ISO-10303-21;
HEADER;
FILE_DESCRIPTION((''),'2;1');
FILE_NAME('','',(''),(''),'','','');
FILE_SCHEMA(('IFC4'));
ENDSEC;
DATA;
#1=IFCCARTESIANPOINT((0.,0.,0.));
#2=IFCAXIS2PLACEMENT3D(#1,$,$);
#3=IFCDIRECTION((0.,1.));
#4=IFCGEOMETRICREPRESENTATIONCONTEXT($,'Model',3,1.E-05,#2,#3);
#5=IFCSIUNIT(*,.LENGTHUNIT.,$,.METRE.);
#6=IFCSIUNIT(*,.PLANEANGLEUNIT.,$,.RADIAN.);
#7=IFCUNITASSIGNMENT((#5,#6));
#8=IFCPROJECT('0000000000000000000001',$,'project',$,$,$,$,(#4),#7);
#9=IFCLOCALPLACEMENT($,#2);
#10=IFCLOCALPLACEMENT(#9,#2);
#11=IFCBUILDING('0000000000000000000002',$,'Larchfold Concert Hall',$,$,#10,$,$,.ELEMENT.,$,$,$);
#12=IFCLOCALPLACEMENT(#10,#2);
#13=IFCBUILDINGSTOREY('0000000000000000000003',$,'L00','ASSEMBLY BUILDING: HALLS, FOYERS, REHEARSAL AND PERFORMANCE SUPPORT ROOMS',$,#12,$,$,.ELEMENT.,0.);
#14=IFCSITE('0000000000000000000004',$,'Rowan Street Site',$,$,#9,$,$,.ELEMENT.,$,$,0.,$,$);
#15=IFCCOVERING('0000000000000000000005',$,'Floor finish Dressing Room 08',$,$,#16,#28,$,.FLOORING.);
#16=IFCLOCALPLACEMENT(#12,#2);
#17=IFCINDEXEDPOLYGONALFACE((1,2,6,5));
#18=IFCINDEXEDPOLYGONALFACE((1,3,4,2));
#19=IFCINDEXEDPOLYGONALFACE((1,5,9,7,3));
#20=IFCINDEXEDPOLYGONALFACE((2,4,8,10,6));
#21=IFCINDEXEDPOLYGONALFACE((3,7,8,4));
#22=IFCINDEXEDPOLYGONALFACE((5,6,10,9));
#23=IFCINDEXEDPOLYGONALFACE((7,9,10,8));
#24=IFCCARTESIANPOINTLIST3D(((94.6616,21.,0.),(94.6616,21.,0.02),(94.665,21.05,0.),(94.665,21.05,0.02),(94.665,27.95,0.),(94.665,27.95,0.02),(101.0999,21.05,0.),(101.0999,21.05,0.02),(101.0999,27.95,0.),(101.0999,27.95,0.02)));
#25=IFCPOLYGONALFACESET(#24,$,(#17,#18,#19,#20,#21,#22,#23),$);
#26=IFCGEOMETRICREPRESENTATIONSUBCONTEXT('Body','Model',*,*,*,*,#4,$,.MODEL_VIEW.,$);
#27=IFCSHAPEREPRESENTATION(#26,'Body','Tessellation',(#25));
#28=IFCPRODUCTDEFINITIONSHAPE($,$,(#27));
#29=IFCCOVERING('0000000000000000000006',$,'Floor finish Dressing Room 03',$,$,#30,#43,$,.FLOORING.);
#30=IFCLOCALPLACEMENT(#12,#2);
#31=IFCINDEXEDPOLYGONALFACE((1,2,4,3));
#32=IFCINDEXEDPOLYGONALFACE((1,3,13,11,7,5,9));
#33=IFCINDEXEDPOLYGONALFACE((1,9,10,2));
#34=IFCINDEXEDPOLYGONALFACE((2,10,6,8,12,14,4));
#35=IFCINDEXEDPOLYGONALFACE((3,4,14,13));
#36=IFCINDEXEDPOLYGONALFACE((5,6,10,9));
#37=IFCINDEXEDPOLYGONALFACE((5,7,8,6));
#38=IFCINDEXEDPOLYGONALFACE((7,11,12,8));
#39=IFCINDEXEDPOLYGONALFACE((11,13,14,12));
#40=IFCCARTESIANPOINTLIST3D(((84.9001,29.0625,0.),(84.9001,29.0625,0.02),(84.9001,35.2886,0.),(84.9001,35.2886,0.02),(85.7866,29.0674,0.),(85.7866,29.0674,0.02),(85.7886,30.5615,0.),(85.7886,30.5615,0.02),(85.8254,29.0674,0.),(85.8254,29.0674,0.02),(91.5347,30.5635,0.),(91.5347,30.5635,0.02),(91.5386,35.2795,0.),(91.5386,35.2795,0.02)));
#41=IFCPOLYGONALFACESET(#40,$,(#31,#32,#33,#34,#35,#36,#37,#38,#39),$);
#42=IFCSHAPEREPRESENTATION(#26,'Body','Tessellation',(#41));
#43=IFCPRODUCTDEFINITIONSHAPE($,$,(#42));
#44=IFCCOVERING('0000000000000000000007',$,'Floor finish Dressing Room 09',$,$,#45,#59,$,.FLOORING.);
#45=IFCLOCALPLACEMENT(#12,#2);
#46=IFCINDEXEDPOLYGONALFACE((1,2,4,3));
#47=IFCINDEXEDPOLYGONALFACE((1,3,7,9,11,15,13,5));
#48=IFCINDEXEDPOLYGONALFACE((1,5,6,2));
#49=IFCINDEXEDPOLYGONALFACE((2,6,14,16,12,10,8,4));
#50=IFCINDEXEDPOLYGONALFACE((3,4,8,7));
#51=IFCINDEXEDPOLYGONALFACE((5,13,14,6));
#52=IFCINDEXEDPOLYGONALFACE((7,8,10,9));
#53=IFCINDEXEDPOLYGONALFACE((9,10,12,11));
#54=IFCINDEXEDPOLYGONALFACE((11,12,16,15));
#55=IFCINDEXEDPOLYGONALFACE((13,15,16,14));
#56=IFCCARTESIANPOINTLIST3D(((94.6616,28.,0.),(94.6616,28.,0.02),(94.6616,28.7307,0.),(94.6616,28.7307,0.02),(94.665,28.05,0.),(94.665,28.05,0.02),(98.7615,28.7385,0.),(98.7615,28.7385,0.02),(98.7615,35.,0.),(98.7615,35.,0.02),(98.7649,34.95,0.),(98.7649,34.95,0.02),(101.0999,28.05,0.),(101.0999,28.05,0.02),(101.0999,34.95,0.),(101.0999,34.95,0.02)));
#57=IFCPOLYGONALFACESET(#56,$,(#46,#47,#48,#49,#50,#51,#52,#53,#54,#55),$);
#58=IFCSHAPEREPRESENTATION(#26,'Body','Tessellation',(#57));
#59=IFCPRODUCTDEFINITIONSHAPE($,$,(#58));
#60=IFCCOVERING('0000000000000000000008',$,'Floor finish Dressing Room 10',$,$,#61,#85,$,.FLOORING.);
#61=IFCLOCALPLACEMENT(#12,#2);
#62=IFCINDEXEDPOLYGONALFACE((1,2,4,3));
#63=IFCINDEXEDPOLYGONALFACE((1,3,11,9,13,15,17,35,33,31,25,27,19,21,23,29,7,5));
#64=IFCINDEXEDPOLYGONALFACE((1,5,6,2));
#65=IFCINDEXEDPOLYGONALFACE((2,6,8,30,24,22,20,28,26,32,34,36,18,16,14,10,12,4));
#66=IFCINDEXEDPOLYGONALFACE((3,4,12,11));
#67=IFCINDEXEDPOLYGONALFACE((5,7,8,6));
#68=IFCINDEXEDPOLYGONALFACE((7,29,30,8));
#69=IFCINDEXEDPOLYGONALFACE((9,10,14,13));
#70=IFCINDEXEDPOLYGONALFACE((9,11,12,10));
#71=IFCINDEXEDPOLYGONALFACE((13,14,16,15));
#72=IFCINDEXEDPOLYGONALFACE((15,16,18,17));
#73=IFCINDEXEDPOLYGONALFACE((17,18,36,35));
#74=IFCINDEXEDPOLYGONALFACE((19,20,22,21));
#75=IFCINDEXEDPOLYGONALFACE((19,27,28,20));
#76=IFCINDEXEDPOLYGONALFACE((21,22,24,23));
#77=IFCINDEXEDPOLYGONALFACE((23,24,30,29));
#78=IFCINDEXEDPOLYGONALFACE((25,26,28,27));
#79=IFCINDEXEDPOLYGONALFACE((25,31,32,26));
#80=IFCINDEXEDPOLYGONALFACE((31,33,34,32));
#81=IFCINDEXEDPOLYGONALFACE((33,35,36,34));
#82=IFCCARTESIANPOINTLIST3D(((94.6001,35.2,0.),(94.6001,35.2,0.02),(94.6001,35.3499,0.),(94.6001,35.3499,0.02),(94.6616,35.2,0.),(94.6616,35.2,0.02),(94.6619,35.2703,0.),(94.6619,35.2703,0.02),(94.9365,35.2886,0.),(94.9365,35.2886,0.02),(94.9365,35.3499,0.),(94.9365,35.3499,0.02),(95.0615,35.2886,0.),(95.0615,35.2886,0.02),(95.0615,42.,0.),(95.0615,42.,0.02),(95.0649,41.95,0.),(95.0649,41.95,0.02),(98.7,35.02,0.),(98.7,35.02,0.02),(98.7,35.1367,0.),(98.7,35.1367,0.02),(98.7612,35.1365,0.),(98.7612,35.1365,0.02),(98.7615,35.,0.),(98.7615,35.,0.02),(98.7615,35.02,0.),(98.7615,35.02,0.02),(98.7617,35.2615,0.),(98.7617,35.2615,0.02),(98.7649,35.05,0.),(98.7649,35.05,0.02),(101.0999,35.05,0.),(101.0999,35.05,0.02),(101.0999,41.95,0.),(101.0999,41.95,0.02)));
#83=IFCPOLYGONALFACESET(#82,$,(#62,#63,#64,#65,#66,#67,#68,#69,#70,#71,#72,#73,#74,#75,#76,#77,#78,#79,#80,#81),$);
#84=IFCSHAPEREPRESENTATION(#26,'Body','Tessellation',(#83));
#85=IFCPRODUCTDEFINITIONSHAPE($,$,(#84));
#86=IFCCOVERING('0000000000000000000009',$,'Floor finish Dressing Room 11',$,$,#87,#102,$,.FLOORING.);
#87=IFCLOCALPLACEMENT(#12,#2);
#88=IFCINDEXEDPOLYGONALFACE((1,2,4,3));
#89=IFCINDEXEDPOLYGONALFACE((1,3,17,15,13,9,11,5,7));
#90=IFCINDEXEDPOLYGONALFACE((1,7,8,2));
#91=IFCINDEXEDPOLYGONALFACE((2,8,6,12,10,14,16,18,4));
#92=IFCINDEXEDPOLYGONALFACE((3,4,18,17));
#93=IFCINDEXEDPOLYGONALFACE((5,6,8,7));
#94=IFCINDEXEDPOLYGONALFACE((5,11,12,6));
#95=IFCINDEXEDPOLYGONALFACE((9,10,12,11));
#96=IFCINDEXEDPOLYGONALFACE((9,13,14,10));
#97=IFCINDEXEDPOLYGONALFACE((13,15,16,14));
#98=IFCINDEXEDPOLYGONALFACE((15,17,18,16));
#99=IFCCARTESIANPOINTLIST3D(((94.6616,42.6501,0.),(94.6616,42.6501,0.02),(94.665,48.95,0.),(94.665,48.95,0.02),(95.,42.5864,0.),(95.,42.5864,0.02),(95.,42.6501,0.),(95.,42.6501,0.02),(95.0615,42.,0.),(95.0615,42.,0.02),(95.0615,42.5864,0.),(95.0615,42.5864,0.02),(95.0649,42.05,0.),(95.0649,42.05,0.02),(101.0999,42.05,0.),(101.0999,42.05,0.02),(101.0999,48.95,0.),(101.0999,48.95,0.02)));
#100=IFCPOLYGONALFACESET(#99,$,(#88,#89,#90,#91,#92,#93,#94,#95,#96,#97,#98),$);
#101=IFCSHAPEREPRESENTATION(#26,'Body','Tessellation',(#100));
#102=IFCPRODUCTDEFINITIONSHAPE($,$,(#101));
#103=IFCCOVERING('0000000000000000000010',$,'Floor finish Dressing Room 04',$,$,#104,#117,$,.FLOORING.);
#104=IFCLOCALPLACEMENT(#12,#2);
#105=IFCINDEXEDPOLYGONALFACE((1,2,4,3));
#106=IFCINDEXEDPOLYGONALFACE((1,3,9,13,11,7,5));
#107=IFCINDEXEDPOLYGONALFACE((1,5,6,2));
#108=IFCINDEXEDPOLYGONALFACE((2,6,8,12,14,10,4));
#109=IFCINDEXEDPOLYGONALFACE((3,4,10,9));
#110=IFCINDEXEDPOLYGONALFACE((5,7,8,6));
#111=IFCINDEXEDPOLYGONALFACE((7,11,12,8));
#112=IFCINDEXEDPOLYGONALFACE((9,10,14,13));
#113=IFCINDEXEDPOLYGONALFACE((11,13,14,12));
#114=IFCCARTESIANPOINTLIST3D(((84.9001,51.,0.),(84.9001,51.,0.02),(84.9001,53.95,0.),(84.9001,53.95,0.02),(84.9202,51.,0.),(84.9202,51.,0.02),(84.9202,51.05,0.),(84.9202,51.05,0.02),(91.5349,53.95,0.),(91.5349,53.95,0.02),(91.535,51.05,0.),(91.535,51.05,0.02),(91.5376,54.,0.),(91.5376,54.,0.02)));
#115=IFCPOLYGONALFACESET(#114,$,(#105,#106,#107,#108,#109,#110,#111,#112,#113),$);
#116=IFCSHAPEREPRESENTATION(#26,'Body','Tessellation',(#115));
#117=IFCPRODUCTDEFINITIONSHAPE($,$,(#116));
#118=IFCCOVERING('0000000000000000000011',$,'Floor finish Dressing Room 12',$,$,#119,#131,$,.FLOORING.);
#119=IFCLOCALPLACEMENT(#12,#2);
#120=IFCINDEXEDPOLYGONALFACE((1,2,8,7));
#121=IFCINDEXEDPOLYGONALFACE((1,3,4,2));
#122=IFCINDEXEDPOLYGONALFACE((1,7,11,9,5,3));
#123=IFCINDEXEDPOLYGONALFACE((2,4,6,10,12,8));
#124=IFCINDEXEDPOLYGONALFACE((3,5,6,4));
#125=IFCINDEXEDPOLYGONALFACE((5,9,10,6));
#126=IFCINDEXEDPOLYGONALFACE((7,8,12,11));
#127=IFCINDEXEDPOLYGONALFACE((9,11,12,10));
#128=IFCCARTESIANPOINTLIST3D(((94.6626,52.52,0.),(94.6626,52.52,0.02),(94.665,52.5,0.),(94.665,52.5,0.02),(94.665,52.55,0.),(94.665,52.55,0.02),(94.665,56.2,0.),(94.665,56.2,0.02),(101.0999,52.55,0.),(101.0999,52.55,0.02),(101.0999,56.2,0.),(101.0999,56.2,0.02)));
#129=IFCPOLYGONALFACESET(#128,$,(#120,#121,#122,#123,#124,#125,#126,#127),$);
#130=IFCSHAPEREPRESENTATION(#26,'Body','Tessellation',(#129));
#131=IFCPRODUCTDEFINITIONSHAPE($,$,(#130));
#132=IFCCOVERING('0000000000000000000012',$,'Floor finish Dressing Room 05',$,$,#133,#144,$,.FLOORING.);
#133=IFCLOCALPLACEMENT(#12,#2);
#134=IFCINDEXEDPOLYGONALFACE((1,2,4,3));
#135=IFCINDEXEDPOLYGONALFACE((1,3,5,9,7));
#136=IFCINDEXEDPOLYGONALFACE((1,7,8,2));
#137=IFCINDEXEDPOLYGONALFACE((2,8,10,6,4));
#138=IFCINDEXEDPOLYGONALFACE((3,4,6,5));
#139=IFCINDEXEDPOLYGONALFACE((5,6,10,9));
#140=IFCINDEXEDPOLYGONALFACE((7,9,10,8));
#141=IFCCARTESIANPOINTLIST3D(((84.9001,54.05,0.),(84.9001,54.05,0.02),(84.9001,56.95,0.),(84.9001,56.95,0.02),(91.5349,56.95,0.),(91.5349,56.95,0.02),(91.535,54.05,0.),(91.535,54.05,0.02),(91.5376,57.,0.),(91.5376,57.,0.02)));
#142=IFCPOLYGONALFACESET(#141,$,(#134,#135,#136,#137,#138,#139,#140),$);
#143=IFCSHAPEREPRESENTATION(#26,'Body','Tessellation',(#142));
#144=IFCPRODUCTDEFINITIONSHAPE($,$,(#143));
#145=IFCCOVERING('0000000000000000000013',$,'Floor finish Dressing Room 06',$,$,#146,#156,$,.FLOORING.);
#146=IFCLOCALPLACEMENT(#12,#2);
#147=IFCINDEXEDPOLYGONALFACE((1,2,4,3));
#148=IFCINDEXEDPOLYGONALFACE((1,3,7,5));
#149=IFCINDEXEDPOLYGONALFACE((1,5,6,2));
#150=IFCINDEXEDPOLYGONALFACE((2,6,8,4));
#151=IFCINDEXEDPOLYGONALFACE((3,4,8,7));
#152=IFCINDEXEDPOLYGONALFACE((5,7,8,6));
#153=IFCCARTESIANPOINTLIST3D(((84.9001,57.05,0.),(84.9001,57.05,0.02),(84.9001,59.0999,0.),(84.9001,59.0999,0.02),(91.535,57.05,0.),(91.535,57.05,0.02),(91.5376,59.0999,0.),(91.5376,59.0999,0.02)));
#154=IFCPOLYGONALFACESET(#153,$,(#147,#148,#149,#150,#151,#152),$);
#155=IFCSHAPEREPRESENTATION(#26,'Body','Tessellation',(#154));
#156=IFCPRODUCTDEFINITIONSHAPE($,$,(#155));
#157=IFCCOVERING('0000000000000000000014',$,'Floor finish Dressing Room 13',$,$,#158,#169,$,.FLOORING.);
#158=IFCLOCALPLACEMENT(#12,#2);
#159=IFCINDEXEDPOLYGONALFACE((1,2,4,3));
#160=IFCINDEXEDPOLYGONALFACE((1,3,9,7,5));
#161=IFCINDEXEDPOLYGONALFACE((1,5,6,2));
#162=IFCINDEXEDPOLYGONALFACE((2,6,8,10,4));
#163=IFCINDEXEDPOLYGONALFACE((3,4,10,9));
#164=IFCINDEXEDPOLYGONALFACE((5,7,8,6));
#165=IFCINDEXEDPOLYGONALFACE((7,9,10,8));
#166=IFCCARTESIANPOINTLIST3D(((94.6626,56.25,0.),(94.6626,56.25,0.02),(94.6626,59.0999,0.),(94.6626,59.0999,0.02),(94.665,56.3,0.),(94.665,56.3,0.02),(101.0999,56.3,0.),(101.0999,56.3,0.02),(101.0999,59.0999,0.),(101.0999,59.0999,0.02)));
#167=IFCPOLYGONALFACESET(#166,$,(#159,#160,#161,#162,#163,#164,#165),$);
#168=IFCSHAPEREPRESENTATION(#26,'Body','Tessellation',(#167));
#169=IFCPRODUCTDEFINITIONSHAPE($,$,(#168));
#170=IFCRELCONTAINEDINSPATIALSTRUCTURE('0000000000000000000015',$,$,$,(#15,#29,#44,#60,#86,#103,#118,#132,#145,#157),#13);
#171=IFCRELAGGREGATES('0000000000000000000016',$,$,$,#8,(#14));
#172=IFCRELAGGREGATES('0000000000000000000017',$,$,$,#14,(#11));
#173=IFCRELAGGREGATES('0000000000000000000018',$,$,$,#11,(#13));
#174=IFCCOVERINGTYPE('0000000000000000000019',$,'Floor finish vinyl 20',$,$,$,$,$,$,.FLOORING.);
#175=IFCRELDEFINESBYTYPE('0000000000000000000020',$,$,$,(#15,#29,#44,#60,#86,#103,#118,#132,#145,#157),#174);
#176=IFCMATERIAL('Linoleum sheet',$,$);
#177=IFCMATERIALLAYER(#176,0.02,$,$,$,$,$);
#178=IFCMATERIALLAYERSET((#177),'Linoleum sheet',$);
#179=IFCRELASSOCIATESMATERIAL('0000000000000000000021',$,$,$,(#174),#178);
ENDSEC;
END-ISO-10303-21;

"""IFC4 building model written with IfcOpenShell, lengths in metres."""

from ifc_helpers import new_model, si_unit, direction, origin, place, context, subcontext, project, spatial, polyline, outline, extrude, material, layer, layer_set, type_object, element, save


model = new_model("IFC4")

# Units and contexts
model_context = context("Model", 3, precision=1e-05, world=origin(), true_north=direction((0.0, 1.0)))
body_context = subcontext(model_context, "Body", "Model", "MODEL_VIEW")
ifc_project = project(units=[si_unit("LENGTHUNIT", "METRE"), si_unit("PLANEANGLEUNIT", "RADIAN")], contexts=[model_context])

# Site, building, storey
site_placement = place(None, origin())
site = spatial("IfcSite", under=ifc_project, at=site_placement, Name="Rowan Street Site", CompositionType="ELEMENT", RefElevation=0.0)
building_placement = place(site_placement, origin())
building = spatial("IfcBuilding", under=site, at=building_placement, Name="Larchfold Concert Hall", CompositionType="ELEMENT")
storey_placement = place(building_placement, origin())
storey = spatial("IfcBuildingStorey", under=building, at=storey_placement, Name="L00", Description="ASSEMBLY BUILDING: HALLS, FOYERS, REHEARSAL AND PERFORMANCE SUPPORT ROOMS", CompositionType="ELEMENT", Elevation=0.0)

# Coverings
ifc_material_1 = material(Name="Linoleum sheet")
ifc_layer_1 = layer(ifc_material_1, 0.02)
ifc_layer_set_1 = layer_set([ifc_layer_1], Name="Linoleum sheet")
covering_type_1 = type_object("IfcCoveringType", Name="Floor finish vinyl 20", PredefinedType="FLOORING", material=ifc_layer_set_1)
covering_1_placement = place(storey_placement, origin())
element("IfcCovering", 1, at=covering_1_placement, inside=storey, type_object=covering_type_1, Name="Floor finish Dressing Room 08", PredefinedType="FLOORING", context=body_context, shape_type="SweptSolid", body=[
    extrude(outline(polyline([(94.6616, 21.0), (94.665, 21.05), (101.0999, 21.05), (101.0999, 27.95), (94.665, 27.95), (94.665, 28.0), (94.6616, 21.0)])), origin(), (0.0, 0.0, 1.0), 0.02),
])
covering_2_placement = place(storey_placement, origin())
element("IfcCovering", 2, at=covering_2_placement, inside=storey, type_object=covering_type_1, Name="Floor finish Dressing Room 03", PredefinedType="FLOORING", context=body_context, shape_type="SweptSolid", body=[
    extrude(outline(polyline([(84.9001, 35.2886), (84.9001, 29.0625), (85.8254, 29.0674), (85.7866, 29.0674), (85.7886, 30.5615), (91.6001, 30.5635), (91.5347, 30.5635), (91.5386, 35.2795), (84.9001, 35.2886)])), origin(), (0.0, 0.0, 1.0), 0.02),
])
covering_3_placement = place(storey_placement, origin())
element("IfcCovering", 3, at=covering_3_placement, inside=storey, type_object=covering_type_1, Name="Floor finish Dressing Room 09", PredefinedType="FLOORING", context=body_context, shape_type="SweptSolid", body=[
    extrude(outline(polyline([(94.6616, 28.0), (94.665, 28.05), (101.0999, 28.05), (101.0999, 34.95), (98.7649, 34.95), (98.7615, 35.0), (98.7615, 28.7385), (94.6616, 28.7307), (94.6616, 28.0)])), origin(), (0.0, 0.0, 1.0), 0.02),
])
covering_4_placement = place(storey_placement, origin())
element("IfcCovering", 4, at=covering_4_placement, inside=storey, type_object=covering_type_1, Name="Floor finish Dressing Room 10", PredefinedType="FLOORING", context=body_context, shape_type="SweptSolid", body=[
    extrude(outline(polyline([(95.0615, 42.0), (95.0615, 35.2886), (94.9365, 35.2886), (94.9365, 35.3499), (94.6001, 35.3499), (94.6001, 35.2), (94.6616, 35.2), (94.6619, 35.2703), (98.7617, 35.2615), (98.7612, 35.1365), (98.7, 35.1367), (98.7, 35.02), (98.7615, 35.02), (98.7615, 35.0), (98.7649, 35.05), (101.0999, 35.05), (101.0999, 41.95), (95.0649, 41.95), (95.0615, 42.0)])), origin(), (0.0, 0.0, 1.0), 0.02),
])
covering_5_placement = place(storey_placement, origin())
element("IfcCovering", 5, at=covering_5_placement, inside=storey, type_object=covering_type_1, Name="Floor finish Dressing Room 11", PredefinedType="FLOORING", context=body_context, shape_type="SweptSolid", body=[
    extrude(outline(polyline([(94.665, 49.0), (94.6616, 42.6501), (95.0, 42.6501), (95.0, 42.5864), (95.0615, 42.5864), (95.0615, 42.0), (95.0649, 42.05), (101.0999, 42.05), (101.0999, 48.95), (94.665, 48.95), (94.665, 49.0)])), origin(), (0.0, 0.0, 1.0), 0.02),
])
covering_6_placement = place(storey_placement, origin())
element("IfcCovering", 6, at=covering_6_placement, inside=storey, type_object=covering_type_1, Name="Floor finish Dressing Room 04", PredefinedType="FLOORING", context=body_context, shape_type="SweptSolid", body=[
    extrude(outline(polyline([(91.5349, 51.0), (91.5376, 54.0), (91.5349, 53.95), (84.9001, 53.95), (84.9001, 51.0), (84.9202, 51.0), (84.9202, 51.05), (91.5349, 51.05), (91.5349, 51.0)])), origin(), (0.0, 0.0, 1.0), 0.02),
])
covering_7_placement = place(storey_placement, origin())
element("IfcCovering", 7, at=covering_7_placement, inside=storey, type_object=covering_type_1, Name="Floor finish Dressing Room 12", PredefinedType="FLOORING", context=body_context, shape_type="SweptSolid", body=[
    extrude(outline(polyline([(94.6626, 52.52), (94.665, 52.5), (94.665, 52.55), (101.0999, 52.55), (101.0999, 56.2), (94.665, 56.2), (94.665, 56.25), (94.6626, 52.52)])), origin(), (0.0, 0.0, 1.0), 0.02),
])
covering_8_placement = place(storey_placement, origin())
element("IfcCovering", 8, at=covering_8_placement, inside=storey, type_object=covering_type_1, Name="Floor finish Dressing Room 05", PredefinedType="FLOORING", context=body_context, shape_type="SweptSolid", body=[
    extrude(outline(polyline([(91.5349, 54.0), (91.5376, 57.0), (91.5349, 56.95), (84.9001, 56.95), (84.9001, 54.05), (91.5349, 54.05), (91.5349, 54.0)])), origin(), (0.0, 0.0, 1.0), 0.02),
])
covering_9_placement = place(storey_placement, origin())
element("IfcCovering", 9, at=covering_9_placement, inside=storey, type_object=covering_type_1, Name="Floor finish Dressing Room 06", PredefinedType="FLOORING", context=body_context, shape_type="SweptSolid", body=[
    extrude(outline(polyline([(91.5349, 57.0), (91.5376, 59.0999), (84.9001, 59.0999), (84.9001, 57.05), (91.5349, 57.05), (91.5349, 57.0)])), origin(), (0.0, 0.0, 1.0), 0.02),
])
covering_10_placement = place(storey_placement, origin())
element("IfcCovering", 10, at=covering_10_placement, inside=storey, type_object=covering_type_1, Name="Floor finish Dressing Room 13", PredefinedType="FLOORING", context=body_context, shape_type="SweptSolid", body=[
    extrude(outline(polyline([(94.6626, 56.25), (94.665, 56.3), (101.0999, 56.3), (101.0999, 59.0999), (94.6626, 59.0999), (94.6626, 56.25)])), origin(), (0.0, 0.0, 1.0), 0.02),
])

save(model, "model.ifc")
